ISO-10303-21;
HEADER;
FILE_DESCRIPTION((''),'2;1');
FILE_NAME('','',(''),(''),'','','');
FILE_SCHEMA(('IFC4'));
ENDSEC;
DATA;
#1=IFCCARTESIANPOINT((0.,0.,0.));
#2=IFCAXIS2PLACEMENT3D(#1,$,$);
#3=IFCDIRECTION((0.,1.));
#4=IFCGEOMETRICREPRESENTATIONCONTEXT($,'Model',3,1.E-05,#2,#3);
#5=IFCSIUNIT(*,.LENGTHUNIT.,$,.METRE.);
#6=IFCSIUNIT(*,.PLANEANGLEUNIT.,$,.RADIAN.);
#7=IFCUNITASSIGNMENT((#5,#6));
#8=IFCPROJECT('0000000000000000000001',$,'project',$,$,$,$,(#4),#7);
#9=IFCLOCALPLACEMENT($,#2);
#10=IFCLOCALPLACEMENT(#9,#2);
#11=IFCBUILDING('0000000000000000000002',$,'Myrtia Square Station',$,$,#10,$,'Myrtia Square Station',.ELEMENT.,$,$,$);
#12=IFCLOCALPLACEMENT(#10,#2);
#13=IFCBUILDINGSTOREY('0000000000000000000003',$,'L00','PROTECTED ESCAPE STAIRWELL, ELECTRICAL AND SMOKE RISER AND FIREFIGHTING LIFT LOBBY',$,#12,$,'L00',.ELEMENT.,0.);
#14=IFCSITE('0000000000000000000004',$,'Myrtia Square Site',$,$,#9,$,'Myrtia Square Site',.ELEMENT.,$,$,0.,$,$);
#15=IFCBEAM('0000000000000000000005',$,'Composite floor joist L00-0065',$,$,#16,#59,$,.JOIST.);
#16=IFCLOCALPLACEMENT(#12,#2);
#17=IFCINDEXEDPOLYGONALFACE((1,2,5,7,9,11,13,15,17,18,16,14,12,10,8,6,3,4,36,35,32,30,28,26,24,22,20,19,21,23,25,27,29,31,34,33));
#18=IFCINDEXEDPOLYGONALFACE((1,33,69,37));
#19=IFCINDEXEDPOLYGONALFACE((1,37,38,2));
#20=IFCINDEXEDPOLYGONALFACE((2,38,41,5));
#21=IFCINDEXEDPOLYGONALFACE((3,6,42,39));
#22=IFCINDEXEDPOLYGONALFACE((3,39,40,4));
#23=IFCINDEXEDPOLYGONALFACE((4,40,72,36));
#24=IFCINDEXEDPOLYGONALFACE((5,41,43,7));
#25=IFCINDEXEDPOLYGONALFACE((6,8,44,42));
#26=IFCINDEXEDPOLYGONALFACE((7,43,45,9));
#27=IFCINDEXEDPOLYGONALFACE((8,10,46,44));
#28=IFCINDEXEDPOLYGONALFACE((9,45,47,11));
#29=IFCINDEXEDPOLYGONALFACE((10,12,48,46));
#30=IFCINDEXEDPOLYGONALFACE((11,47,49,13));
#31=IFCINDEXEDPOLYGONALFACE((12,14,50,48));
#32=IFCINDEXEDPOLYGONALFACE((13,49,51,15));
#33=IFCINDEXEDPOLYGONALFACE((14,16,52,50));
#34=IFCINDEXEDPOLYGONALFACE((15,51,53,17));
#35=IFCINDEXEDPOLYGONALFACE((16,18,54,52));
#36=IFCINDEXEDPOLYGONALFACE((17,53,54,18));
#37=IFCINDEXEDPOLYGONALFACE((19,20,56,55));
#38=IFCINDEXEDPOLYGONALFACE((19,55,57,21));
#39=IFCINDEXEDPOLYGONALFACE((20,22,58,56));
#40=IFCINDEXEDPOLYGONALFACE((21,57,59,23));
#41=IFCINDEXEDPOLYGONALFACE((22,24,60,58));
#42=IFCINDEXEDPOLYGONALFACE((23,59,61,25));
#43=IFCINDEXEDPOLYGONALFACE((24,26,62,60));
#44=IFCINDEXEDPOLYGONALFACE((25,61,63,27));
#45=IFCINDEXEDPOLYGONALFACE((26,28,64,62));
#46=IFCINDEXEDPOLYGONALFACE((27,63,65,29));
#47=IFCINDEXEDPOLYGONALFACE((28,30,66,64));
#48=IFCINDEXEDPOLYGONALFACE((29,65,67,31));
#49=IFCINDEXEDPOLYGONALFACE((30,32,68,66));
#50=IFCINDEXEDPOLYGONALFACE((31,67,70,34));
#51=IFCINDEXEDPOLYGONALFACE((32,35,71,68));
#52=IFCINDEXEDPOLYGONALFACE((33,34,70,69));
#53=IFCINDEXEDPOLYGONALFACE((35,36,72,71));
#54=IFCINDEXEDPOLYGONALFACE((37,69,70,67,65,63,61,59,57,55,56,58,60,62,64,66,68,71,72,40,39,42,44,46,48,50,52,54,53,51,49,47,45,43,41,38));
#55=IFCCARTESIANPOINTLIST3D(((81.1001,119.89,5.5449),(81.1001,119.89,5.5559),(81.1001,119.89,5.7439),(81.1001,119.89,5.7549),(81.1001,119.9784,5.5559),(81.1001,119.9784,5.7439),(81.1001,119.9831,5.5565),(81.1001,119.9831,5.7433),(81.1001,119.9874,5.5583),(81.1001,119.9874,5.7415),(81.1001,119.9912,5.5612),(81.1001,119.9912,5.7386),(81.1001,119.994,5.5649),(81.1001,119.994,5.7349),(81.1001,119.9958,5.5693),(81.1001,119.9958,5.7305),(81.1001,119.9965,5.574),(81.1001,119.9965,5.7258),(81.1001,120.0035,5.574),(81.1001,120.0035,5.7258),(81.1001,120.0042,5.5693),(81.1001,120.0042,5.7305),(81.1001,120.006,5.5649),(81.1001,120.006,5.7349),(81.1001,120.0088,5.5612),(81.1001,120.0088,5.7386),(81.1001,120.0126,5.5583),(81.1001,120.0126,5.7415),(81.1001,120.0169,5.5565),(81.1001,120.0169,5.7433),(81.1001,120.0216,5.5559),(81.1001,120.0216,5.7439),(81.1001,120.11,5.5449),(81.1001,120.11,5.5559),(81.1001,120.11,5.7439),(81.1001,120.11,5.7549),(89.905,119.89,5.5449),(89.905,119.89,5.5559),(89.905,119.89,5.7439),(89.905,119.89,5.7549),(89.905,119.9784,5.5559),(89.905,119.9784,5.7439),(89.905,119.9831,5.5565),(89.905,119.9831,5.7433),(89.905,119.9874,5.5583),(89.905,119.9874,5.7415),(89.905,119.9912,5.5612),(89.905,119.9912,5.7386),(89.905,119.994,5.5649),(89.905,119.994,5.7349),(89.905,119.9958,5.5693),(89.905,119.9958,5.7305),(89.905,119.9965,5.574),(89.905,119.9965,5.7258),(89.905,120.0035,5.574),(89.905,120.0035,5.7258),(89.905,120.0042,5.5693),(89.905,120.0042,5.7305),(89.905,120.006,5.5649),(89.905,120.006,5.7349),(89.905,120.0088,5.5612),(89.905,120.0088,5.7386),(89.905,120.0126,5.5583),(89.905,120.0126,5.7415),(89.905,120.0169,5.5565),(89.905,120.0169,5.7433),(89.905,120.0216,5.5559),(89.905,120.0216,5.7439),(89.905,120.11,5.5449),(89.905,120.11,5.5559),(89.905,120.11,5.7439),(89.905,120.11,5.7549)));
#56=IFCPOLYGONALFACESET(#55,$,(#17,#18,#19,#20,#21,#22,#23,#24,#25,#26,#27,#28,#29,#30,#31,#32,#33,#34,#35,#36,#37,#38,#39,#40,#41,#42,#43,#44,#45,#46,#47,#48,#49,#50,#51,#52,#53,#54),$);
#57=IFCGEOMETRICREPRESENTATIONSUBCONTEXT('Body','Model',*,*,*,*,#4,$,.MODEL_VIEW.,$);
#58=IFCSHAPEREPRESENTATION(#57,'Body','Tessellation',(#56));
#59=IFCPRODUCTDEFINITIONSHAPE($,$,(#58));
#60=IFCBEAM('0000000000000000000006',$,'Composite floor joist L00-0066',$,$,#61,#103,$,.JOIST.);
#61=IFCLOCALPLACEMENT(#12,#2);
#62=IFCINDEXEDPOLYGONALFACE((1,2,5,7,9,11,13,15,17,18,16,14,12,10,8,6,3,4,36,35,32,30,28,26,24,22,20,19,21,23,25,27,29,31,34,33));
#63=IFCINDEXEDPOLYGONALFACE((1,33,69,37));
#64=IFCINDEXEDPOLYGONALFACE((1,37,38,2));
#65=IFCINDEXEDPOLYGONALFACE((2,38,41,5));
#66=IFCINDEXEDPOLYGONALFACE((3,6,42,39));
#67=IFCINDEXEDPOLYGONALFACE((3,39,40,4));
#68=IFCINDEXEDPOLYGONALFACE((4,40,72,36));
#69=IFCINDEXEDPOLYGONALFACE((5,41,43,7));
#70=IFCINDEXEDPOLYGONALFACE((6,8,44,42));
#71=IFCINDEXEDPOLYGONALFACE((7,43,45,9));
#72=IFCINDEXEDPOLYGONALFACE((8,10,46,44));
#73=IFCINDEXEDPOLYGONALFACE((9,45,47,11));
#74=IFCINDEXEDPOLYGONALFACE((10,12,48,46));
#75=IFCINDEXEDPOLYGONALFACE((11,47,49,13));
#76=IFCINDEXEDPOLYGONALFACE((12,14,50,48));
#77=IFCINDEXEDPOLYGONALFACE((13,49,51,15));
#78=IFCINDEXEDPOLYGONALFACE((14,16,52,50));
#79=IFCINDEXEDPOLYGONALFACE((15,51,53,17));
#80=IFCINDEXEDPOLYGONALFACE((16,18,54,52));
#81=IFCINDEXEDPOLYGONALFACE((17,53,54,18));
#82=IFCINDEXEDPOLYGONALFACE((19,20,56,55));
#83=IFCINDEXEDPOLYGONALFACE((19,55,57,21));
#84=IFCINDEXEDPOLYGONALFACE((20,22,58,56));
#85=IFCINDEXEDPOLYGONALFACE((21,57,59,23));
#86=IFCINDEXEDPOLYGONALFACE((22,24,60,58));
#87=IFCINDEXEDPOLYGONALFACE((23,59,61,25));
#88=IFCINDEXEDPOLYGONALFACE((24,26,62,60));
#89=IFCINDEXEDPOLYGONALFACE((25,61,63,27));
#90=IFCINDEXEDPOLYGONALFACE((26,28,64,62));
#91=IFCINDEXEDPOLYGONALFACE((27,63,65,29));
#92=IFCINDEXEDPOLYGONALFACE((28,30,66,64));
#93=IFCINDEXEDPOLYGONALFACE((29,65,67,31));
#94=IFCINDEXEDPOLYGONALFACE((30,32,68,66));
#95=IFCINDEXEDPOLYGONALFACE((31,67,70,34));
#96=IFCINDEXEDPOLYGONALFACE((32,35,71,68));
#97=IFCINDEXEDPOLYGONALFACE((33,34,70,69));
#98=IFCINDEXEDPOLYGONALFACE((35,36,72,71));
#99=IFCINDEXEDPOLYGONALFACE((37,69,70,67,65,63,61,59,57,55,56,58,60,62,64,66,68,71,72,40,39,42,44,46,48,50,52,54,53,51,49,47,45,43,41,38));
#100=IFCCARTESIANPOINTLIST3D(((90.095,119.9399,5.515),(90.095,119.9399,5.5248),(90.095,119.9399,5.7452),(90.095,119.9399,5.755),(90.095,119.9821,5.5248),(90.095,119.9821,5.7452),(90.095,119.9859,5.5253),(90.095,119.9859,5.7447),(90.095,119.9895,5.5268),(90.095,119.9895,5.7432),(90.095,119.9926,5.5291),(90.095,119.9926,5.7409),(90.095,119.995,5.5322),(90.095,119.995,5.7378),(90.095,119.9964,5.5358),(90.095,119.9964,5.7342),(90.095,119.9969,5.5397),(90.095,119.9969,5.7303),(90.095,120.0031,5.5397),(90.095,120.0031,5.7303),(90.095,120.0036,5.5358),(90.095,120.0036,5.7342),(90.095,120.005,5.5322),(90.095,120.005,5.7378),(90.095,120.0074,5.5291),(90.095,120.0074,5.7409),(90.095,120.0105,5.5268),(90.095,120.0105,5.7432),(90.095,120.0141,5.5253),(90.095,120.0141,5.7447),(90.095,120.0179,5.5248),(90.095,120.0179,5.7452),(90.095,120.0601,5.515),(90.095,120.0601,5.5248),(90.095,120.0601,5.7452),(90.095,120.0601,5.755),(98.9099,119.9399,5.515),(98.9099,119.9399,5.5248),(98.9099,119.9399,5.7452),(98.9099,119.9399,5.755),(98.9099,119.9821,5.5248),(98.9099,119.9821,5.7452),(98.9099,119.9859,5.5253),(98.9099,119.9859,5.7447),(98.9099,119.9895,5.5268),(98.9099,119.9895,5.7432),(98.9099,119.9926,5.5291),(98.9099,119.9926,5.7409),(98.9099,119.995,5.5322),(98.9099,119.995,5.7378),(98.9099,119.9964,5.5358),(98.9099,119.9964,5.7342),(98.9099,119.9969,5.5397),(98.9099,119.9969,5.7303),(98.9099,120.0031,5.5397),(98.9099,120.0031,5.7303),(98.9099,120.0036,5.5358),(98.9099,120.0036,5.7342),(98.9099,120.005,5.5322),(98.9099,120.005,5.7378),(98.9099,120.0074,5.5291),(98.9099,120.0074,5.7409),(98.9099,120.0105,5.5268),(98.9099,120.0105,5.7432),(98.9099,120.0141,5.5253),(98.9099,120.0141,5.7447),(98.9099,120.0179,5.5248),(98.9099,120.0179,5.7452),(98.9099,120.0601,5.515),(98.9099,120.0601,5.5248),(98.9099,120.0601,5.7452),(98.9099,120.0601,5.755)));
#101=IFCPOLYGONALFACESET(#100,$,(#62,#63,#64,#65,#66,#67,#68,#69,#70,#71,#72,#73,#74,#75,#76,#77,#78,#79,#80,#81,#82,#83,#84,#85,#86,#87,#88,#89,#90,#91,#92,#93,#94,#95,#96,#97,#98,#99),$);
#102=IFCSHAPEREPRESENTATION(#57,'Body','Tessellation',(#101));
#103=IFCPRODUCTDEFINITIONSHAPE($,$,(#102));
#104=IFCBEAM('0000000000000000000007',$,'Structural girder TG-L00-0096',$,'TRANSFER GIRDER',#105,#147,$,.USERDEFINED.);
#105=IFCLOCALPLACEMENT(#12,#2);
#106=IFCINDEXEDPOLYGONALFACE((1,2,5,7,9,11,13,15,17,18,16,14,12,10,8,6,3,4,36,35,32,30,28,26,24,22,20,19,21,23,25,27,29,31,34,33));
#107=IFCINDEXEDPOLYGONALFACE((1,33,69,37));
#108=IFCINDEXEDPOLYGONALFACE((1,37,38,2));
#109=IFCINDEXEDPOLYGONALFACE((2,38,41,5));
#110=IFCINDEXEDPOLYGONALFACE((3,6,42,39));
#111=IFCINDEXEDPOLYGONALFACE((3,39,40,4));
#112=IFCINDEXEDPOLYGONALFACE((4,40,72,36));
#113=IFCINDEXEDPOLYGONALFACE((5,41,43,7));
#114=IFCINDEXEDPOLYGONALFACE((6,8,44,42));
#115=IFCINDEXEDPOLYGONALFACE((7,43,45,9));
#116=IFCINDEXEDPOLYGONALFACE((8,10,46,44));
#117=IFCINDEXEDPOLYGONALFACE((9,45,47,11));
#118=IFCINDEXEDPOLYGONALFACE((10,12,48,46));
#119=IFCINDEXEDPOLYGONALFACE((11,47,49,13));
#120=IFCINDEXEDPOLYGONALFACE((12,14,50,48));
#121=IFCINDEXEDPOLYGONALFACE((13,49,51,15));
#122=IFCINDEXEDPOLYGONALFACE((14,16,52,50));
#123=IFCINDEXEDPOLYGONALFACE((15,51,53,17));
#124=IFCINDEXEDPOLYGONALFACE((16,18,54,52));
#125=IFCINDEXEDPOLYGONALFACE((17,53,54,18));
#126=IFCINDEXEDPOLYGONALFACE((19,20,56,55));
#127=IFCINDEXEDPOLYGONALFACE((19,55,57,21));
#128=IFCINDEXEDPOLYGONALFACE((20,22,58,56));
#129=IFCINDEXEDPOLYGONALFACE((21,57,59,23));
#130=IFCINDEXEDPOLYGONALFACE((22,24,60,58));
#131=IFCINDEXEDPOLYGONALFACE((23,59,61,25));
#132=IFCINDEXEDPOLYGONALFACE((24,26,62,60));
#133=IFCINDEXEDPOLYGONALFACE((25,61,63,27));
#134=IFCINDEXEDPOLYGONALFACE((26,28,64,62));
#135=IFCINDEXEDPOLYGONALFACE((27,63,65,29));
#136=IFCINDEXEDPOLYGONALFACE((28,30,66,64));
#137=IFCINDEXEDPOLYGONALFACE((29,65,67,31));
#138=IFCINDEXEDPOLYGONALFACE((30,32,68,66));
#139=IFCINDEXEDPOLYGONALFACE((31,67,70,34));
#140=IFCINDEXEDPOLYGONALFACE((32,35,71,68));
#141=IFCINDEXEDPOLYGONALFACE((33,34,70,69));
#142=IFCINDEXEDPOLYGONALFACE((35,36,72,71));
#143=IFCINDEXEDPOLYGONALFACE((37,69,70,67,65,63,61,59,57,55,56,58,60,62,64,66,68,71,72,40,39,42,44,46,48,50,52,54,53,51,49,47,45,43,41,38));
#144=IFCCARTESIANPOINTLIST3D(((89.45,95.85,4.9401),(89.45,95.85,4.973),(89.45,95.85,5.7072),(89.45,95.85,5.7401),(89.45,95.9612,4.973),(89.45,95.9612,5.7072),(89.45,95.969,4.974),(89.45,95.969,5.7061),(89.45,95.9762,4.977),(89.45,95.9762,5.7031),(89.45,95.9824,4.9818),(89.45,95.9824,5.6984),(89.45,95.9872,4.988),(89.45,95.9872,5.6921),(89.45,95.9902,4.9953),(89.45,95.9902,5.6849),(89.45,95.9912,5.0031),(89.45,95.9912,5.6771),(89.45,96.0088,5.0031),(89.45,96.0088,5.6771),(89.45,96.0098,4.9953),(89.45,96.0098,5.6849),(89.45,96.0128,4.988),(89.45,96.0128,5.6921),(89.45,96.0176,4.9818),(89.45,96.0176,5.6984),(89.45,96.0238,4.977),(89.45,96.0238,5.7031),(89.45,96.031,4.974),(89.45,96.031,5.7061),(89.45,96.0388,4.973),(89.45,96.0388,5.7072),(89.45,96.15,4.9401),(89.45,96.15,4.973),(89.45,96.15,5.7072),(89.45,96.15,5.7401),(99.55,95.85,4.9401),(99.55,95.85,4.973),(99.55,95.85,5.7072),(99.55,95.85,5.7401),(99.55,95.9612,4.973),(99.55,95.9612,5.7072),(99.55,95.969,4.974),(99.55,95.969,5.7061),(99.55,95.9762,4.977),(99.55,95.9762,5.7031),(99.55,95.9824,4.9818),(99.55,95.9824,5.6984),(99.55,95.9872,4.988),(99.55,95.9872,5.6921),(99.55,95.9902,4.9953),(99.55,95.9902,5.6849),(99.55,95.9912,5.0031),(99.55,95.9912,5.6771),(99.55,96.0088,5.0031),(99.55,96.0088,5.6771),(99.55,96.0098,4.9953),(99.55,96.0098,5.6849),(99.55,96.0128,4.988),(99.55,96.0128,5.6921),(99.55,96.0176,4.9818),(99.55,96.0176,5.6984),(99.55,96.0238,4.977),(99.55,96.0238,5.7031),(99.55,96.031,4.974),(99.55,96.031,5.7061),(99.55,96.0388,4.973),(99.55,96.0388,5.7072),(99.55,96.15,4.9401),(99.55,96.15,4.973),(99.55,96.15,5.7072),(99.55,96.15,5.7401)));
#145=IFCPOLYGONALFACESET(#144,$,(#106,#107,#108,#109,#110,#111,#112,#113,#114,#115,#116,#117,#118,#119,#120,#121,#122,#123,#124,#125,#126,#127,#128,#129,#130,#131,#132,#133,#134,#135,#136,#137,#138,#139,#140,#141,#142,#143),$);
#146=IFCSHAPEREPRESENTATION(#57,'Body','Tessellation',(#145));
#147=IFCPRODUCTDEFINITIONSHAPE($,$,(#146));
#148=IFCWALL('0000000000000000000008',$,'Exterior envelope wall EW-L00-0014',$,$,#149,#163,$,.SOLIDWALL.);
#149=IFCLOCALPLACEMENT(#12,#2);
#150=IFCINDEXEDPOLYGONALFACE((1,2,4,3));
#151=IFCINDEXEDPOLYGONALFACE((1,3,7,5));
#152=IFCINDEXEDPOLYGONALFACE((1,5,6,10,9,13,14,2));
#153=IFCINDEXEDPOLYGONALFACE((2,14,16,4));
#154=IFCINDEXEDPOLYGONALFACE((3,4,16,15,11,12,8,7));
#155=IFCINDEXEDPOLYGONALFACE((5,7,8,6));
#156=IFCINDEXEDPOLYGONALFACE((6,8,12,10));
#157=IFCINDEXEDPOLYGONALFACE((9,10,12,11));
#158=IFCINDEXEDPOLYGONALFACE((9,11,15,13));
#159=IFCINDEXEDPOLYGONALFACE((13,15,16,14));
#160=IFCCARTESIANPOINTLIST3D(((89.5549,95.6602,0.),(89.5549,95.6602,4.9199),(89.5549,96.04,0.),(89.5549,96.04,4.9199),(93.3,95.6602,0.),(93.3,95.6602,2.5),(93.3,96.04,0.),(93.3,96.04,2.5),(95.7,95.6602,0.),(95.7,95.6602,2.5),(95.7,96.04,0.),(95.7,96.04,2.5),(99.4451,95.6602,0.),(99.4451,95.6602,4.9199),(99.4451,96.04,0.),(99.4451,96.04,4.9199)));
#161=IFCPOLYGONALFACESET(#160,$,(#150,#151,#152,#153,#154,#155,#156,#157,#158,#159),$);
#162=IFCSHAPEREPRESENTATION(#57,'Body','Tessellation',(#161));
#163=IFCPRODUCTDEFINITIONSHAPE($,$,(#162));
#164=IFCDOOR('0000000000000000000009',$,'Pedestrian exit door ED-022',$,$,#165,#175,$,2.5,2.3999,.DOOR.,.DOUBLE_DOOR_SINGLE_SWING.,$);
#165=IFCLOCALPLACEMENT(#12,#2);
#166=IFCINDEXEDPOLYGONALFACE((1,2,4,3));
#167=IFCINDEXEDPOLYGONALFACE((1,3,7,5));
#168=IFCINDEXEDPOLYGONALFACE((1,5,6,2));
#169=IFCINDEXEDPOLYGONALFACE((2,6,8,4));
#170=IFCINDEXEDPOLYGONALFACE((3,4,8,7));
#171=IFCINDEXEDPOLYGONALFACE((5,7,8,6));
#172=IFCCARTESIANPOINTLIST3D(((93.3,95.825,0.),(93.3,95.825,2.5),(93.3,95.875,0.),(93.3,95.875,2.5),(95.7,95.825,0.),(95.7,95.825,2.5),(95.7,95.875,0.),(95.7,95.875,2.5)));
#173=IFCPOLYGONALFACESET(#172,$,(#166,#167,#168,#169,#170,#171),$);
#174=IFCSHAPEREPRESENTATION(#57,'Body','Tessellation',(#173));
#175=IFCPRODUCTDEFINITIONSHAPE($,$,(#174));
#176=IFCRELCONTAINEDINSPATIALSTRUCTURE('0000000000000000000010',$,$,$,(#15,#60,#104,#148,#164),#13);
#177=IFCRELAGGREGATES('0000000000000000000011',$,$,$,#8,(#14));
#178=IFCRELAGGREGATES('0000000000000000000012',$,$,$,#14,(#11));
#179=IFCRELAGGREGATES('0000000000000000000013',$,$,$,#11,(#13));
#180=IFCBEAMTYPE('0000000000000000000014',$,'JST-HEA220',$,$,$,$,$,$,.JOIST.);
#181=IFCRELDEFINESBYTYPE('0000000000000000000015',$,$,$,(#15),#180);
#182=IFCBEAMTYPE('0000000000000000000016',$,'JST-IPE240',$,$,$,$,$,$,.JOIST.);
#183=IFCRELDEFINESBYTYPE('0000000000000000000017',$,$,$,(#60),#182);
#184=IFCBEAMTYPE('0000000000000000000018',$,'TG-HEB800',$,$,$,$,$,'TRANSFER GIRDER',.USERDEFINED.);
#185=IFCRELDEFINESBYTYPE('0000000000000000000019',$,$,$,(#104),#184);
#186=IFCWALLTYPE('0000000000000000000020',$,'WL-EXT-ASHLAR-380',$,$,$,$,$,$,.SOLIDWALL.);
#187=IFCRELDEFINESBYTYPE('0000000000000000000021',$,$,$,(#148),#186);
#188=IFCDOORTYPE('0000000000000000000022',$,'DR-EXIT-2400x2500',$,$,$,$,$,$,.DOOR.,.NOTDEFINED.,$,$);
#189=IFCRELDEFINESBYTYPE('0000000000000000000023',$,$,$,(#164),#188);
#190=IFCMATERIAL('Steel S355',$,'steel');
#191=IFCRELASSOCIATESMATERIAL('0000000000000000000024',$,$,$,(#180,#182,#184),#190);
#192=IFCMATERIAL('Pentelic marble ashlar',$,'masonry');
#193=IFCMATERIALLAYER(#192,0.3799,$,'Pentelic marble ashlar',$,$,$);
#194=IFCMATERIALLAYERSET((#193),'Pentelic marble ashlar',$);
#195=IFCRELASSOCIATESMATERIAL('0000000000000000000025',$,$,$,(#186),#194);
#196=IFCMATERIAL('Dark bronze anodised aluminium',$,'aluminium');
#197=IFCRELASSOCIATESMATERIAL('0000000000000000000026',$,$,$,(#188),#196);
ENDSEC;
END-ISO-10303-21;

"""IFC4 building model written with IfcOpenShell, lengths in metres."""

from ifc_helpers import new_model, si_unit, direction, frame, frame_2d, origin, origin_2d, place, context, subcontext, project, spatial, rectangle, i_section, extrude, material, layer, layer_set, material_profile, profile_set, type_object, element, fill, save


model = new_model("IFC4")

# Units and contexts
model_context = context("Model", 3, precision=1e-05, world=origin(), true_north=direction((0.0, 1.0)))
body_context = subcontext(model_context, "Body", "Model", "MODEL_VIEW")
ifc_project = project(units=[si_unit("LENGTHUNIT", "METRE"), si_unit("PLANEANGLEUNIT", "RADIAN")], contexts=[model_context])

# Site, building, storey
site_placement = place(None, origin())
site = spatial("IfcSite", under=ifc_project, at=site_placement, Name="Myrtia Square Site", LongName="Myrtia Square Site", CompositionType="ELEMENT", RefElevation=0.0)
building_placement = place(site_placement, origin())
building = spatial("IfcBuilding", under=site, at=building_placement, Name="Myrtia Square Station", LongName="Myrtia Square Station", CompositionType="ELEMENT")
storey_placement = place(building_placement, origin())
storey = spatial("IfcBuildingStorey", under=building, at=storey_placement, Name="L00", Description="PROTECTED ESCAPE STAIRWELL, ELECTRICAL AND SMOKE RISER AND FIREFIGHTING LIFT LOBBY", LongName="L00", CompositionType="ELEMENT", Elevation=0.0)

# Shared definitions
ifc_material_1 = material(Name="Steel S355", Category="steel")

# Shared definitions
ifc_material_2 = material(Name="Dark bronze anodised aluminium", Category="aluminium")

# Beams
ifc_material_profile_1 = material_profile(ifc_material_1, i_section(OverallWidth=0.22, OverallDepth=0.21, WebThickness=0.0071, FlangeThickness=0.011, FilletRadius=0.0181, at=origin_2d()), Name="HEA 220")
ifc_profile_set_1 = profile_set([ifc_material_profile_1], Name="Steel S355")
beam_type_1 = type_object("IfcBeamType", Name="JST-HEA220", PredefinedType="JOIST", material=ifc_profile_set_1)
beam_1_placement = place(storey_placement, frame((81.1001, 120.0, 5.6499), z_axis=(1.0, 0.0, 0.0), x_axis=(0.0, 1.0, 0.0)))
element("IfcBeam", 1, at=beam_1_placement, inside=storey, type_object=beam_type_1, Name="Composite floor joist L00-0065", PredefinedType="JOIST", context=body_context, shape_type="SweptSolid", body=[
    extrude(i_section(OverallWidth=0.22, OverallDepth=0.21, WebThickness=0.0071, FlangeThickness=0.011, FilletRadius=0.0181, at=origin_2d()), origin(), (0.0, 0.0, 1.0), 8.8049),
])
ifc_material_profile_2 = material_profile(ifc_material_1, i_section(OverallWidth=0.1201, OverallDepth=0.24, WebThickness=0.0061, FlangeThickness=0.0098, FilletRadius=0.0149, at=origin_2d()), Name="IPE 240")
ifc_profile_set_2 = profile_set([ifc_material_profile_2], Name="Steel S355")
beam_type_2 = type_object("IfcBeamType", Name="JST-IPE240", PredefinedType="JOIST", material=ifc_profile_set_2)
beam_2_placement = place(storey_placement, frame((90.095, 120.0, 5.635), z_axis=(1.0, 0.0, 0.0), x_axis=(0.0, 1.0, 0.0)))
element("IfcBeam", 2, at=beam_2_placement, inside=storey, type_object=beam_type_2, Name="Composite floor joist L00-0066", PredefinedType="JOIST", context=body_context, shape_type="SweptSolid", body=[
    extrude(i_section(OverallWidth=0.1201, OverallDepth=0.24, WebThickness=0.0061, FlangeThickness=0.0098, FilletRadius=0.0149, at=origin_2d()), origin(), (0.0, 0.0, 1.0), 8.8149),
])
ifc_material_profile_3 = material_profile(ifc_material_1, i_section(OverallWidth=0.3, OverallDepth=0.8, WebThickness=0.0176, FlangeThickness=0.033, FilletRadius=0.03, at=origin_2d()), Name="HEB 800")
ifc_profile_set_3 = profile_set([ifc_material_profile_3], Name="Steel S355")
beam_type_3 = type_object("IfcBeamType", Name="TG-HEB800", ElementType="TRANSFER GIRDER", PredefinedType="USERDEFINED", material=ifc_profile_set_3)
beam_3_placement = place(storey_placement, frame((89.45, 96.0, 5.3401), z_axis=(1.0, 0.0, 0.0), x_axis=(0.0, 1.0, 0.0)))
element("IfcBeam", 3, at=beam_3_placement, inside=storey, type_object=beam_type_3, Name="Structural girder TG-L00-0096", ObjectType="TRANSFER GIRDER", PredefinedType="USERDEFINED", context=body_context, shape_type="SweptSolid", body=[
    extrude(i_section(OverallWidth=0.3, OverallDepth=0.8, WebThickness=0.0176, FlangeThickness=0.033, FilletRadius=0.03, at=origin_2d()), origin(), (0.0, 0.0, 1.0), 10.1001),
])

# Wall, opening, door
ifc_material_3 = material(Name="Pentelic marble ashlar", Category="masonry")
ifc_layer_1 = layer(ifc_material_3, 0.3799, Name="Pentelic marble ashlar")
ifc_layer_set_1 = layer_set([ifc_layer_1], Name="Pentelic marble ashlar")
wall_type = type_object("IfcWallType", Name="WL-EXT-ASHLAR-380", PredefinedType="SOLIDWALL", material=ifc_layer_set_1)
wall_1_placement = place(storey_placement, frame((89.5549, 95.8501, 0.0), z_axis=(0.0, 0.0, 1.0), x_axis=(1.0, 0.0, 0.0)))
wall_1 = element("IfcWall", 4, at=wall_1_placement, inside=storey, type_object=wall_type, Name="Exterior envelope wall EW-L00-0014", PredefinedType="SOLIDWALL", context=body_context, shape_type="SweptSolid", body=[
    extrude(rectangle(XDim=9.8901, YDim=0.3799, at=frame_2d((4.9451, 0.0))), origin(), (0.0, 0.0, 1.0), 4.9199),
])
opening_1_placement = place(wall_1_placement, frame((3.7451, 0.0, 0.0)))
opening_1 = element("IfcOpeningElement", 5, at=opening_1_placement, cuts=wall_1, PredefinedType="OPENING", context=body_context, shape_type="SweptSolid", body=[
    extrude(rectangle(XDim=2.3999, YDim=2.5, at=frame_2d((1.2, 1.25))), frame((0.0, 0.2048, 0.0), z_axis=(0.0, -1.0, 0.0), x_axis=(1.0, 0.0, 0.0)), (0.0, 0.0, 1.0), 0.4099),
])
door_type_1 = type_object("IfcDoorType", Name="DR-EXIT-2400x2500", OperationType="NOTDEFINED", PredefinedType="DOOR", material=ifc_material_2)
door_1_placement = place(opening_1_placement, origin())
door_1 = element("IfcDoor", 6, at=door_1_placement, inside=storey, type_object=door_type_1, Name="Pedestrian exit door ED-022", OperationType="DOUBLE_DOOR_SINGLE_SWING", OverallHeight=2.5, OverallWidth=2.3999, PredefinedType="DOOR", context=body_context, shape_type="SweptSolid", body=[
    extrude(rectangle(XDim=2.3999, YDim=2.5, at=frame_2d((1.2, 1.25))), frame((0.0, 0.0249, 0.0), z_axis=(0.0, -1.0, 0.0), x_axis=(1.0, 0.0, 0.0)), (0.0, 0.0, 1.0), 0.05),
])
fill(opening_1, door_1)

save(model, "model.ifc")
